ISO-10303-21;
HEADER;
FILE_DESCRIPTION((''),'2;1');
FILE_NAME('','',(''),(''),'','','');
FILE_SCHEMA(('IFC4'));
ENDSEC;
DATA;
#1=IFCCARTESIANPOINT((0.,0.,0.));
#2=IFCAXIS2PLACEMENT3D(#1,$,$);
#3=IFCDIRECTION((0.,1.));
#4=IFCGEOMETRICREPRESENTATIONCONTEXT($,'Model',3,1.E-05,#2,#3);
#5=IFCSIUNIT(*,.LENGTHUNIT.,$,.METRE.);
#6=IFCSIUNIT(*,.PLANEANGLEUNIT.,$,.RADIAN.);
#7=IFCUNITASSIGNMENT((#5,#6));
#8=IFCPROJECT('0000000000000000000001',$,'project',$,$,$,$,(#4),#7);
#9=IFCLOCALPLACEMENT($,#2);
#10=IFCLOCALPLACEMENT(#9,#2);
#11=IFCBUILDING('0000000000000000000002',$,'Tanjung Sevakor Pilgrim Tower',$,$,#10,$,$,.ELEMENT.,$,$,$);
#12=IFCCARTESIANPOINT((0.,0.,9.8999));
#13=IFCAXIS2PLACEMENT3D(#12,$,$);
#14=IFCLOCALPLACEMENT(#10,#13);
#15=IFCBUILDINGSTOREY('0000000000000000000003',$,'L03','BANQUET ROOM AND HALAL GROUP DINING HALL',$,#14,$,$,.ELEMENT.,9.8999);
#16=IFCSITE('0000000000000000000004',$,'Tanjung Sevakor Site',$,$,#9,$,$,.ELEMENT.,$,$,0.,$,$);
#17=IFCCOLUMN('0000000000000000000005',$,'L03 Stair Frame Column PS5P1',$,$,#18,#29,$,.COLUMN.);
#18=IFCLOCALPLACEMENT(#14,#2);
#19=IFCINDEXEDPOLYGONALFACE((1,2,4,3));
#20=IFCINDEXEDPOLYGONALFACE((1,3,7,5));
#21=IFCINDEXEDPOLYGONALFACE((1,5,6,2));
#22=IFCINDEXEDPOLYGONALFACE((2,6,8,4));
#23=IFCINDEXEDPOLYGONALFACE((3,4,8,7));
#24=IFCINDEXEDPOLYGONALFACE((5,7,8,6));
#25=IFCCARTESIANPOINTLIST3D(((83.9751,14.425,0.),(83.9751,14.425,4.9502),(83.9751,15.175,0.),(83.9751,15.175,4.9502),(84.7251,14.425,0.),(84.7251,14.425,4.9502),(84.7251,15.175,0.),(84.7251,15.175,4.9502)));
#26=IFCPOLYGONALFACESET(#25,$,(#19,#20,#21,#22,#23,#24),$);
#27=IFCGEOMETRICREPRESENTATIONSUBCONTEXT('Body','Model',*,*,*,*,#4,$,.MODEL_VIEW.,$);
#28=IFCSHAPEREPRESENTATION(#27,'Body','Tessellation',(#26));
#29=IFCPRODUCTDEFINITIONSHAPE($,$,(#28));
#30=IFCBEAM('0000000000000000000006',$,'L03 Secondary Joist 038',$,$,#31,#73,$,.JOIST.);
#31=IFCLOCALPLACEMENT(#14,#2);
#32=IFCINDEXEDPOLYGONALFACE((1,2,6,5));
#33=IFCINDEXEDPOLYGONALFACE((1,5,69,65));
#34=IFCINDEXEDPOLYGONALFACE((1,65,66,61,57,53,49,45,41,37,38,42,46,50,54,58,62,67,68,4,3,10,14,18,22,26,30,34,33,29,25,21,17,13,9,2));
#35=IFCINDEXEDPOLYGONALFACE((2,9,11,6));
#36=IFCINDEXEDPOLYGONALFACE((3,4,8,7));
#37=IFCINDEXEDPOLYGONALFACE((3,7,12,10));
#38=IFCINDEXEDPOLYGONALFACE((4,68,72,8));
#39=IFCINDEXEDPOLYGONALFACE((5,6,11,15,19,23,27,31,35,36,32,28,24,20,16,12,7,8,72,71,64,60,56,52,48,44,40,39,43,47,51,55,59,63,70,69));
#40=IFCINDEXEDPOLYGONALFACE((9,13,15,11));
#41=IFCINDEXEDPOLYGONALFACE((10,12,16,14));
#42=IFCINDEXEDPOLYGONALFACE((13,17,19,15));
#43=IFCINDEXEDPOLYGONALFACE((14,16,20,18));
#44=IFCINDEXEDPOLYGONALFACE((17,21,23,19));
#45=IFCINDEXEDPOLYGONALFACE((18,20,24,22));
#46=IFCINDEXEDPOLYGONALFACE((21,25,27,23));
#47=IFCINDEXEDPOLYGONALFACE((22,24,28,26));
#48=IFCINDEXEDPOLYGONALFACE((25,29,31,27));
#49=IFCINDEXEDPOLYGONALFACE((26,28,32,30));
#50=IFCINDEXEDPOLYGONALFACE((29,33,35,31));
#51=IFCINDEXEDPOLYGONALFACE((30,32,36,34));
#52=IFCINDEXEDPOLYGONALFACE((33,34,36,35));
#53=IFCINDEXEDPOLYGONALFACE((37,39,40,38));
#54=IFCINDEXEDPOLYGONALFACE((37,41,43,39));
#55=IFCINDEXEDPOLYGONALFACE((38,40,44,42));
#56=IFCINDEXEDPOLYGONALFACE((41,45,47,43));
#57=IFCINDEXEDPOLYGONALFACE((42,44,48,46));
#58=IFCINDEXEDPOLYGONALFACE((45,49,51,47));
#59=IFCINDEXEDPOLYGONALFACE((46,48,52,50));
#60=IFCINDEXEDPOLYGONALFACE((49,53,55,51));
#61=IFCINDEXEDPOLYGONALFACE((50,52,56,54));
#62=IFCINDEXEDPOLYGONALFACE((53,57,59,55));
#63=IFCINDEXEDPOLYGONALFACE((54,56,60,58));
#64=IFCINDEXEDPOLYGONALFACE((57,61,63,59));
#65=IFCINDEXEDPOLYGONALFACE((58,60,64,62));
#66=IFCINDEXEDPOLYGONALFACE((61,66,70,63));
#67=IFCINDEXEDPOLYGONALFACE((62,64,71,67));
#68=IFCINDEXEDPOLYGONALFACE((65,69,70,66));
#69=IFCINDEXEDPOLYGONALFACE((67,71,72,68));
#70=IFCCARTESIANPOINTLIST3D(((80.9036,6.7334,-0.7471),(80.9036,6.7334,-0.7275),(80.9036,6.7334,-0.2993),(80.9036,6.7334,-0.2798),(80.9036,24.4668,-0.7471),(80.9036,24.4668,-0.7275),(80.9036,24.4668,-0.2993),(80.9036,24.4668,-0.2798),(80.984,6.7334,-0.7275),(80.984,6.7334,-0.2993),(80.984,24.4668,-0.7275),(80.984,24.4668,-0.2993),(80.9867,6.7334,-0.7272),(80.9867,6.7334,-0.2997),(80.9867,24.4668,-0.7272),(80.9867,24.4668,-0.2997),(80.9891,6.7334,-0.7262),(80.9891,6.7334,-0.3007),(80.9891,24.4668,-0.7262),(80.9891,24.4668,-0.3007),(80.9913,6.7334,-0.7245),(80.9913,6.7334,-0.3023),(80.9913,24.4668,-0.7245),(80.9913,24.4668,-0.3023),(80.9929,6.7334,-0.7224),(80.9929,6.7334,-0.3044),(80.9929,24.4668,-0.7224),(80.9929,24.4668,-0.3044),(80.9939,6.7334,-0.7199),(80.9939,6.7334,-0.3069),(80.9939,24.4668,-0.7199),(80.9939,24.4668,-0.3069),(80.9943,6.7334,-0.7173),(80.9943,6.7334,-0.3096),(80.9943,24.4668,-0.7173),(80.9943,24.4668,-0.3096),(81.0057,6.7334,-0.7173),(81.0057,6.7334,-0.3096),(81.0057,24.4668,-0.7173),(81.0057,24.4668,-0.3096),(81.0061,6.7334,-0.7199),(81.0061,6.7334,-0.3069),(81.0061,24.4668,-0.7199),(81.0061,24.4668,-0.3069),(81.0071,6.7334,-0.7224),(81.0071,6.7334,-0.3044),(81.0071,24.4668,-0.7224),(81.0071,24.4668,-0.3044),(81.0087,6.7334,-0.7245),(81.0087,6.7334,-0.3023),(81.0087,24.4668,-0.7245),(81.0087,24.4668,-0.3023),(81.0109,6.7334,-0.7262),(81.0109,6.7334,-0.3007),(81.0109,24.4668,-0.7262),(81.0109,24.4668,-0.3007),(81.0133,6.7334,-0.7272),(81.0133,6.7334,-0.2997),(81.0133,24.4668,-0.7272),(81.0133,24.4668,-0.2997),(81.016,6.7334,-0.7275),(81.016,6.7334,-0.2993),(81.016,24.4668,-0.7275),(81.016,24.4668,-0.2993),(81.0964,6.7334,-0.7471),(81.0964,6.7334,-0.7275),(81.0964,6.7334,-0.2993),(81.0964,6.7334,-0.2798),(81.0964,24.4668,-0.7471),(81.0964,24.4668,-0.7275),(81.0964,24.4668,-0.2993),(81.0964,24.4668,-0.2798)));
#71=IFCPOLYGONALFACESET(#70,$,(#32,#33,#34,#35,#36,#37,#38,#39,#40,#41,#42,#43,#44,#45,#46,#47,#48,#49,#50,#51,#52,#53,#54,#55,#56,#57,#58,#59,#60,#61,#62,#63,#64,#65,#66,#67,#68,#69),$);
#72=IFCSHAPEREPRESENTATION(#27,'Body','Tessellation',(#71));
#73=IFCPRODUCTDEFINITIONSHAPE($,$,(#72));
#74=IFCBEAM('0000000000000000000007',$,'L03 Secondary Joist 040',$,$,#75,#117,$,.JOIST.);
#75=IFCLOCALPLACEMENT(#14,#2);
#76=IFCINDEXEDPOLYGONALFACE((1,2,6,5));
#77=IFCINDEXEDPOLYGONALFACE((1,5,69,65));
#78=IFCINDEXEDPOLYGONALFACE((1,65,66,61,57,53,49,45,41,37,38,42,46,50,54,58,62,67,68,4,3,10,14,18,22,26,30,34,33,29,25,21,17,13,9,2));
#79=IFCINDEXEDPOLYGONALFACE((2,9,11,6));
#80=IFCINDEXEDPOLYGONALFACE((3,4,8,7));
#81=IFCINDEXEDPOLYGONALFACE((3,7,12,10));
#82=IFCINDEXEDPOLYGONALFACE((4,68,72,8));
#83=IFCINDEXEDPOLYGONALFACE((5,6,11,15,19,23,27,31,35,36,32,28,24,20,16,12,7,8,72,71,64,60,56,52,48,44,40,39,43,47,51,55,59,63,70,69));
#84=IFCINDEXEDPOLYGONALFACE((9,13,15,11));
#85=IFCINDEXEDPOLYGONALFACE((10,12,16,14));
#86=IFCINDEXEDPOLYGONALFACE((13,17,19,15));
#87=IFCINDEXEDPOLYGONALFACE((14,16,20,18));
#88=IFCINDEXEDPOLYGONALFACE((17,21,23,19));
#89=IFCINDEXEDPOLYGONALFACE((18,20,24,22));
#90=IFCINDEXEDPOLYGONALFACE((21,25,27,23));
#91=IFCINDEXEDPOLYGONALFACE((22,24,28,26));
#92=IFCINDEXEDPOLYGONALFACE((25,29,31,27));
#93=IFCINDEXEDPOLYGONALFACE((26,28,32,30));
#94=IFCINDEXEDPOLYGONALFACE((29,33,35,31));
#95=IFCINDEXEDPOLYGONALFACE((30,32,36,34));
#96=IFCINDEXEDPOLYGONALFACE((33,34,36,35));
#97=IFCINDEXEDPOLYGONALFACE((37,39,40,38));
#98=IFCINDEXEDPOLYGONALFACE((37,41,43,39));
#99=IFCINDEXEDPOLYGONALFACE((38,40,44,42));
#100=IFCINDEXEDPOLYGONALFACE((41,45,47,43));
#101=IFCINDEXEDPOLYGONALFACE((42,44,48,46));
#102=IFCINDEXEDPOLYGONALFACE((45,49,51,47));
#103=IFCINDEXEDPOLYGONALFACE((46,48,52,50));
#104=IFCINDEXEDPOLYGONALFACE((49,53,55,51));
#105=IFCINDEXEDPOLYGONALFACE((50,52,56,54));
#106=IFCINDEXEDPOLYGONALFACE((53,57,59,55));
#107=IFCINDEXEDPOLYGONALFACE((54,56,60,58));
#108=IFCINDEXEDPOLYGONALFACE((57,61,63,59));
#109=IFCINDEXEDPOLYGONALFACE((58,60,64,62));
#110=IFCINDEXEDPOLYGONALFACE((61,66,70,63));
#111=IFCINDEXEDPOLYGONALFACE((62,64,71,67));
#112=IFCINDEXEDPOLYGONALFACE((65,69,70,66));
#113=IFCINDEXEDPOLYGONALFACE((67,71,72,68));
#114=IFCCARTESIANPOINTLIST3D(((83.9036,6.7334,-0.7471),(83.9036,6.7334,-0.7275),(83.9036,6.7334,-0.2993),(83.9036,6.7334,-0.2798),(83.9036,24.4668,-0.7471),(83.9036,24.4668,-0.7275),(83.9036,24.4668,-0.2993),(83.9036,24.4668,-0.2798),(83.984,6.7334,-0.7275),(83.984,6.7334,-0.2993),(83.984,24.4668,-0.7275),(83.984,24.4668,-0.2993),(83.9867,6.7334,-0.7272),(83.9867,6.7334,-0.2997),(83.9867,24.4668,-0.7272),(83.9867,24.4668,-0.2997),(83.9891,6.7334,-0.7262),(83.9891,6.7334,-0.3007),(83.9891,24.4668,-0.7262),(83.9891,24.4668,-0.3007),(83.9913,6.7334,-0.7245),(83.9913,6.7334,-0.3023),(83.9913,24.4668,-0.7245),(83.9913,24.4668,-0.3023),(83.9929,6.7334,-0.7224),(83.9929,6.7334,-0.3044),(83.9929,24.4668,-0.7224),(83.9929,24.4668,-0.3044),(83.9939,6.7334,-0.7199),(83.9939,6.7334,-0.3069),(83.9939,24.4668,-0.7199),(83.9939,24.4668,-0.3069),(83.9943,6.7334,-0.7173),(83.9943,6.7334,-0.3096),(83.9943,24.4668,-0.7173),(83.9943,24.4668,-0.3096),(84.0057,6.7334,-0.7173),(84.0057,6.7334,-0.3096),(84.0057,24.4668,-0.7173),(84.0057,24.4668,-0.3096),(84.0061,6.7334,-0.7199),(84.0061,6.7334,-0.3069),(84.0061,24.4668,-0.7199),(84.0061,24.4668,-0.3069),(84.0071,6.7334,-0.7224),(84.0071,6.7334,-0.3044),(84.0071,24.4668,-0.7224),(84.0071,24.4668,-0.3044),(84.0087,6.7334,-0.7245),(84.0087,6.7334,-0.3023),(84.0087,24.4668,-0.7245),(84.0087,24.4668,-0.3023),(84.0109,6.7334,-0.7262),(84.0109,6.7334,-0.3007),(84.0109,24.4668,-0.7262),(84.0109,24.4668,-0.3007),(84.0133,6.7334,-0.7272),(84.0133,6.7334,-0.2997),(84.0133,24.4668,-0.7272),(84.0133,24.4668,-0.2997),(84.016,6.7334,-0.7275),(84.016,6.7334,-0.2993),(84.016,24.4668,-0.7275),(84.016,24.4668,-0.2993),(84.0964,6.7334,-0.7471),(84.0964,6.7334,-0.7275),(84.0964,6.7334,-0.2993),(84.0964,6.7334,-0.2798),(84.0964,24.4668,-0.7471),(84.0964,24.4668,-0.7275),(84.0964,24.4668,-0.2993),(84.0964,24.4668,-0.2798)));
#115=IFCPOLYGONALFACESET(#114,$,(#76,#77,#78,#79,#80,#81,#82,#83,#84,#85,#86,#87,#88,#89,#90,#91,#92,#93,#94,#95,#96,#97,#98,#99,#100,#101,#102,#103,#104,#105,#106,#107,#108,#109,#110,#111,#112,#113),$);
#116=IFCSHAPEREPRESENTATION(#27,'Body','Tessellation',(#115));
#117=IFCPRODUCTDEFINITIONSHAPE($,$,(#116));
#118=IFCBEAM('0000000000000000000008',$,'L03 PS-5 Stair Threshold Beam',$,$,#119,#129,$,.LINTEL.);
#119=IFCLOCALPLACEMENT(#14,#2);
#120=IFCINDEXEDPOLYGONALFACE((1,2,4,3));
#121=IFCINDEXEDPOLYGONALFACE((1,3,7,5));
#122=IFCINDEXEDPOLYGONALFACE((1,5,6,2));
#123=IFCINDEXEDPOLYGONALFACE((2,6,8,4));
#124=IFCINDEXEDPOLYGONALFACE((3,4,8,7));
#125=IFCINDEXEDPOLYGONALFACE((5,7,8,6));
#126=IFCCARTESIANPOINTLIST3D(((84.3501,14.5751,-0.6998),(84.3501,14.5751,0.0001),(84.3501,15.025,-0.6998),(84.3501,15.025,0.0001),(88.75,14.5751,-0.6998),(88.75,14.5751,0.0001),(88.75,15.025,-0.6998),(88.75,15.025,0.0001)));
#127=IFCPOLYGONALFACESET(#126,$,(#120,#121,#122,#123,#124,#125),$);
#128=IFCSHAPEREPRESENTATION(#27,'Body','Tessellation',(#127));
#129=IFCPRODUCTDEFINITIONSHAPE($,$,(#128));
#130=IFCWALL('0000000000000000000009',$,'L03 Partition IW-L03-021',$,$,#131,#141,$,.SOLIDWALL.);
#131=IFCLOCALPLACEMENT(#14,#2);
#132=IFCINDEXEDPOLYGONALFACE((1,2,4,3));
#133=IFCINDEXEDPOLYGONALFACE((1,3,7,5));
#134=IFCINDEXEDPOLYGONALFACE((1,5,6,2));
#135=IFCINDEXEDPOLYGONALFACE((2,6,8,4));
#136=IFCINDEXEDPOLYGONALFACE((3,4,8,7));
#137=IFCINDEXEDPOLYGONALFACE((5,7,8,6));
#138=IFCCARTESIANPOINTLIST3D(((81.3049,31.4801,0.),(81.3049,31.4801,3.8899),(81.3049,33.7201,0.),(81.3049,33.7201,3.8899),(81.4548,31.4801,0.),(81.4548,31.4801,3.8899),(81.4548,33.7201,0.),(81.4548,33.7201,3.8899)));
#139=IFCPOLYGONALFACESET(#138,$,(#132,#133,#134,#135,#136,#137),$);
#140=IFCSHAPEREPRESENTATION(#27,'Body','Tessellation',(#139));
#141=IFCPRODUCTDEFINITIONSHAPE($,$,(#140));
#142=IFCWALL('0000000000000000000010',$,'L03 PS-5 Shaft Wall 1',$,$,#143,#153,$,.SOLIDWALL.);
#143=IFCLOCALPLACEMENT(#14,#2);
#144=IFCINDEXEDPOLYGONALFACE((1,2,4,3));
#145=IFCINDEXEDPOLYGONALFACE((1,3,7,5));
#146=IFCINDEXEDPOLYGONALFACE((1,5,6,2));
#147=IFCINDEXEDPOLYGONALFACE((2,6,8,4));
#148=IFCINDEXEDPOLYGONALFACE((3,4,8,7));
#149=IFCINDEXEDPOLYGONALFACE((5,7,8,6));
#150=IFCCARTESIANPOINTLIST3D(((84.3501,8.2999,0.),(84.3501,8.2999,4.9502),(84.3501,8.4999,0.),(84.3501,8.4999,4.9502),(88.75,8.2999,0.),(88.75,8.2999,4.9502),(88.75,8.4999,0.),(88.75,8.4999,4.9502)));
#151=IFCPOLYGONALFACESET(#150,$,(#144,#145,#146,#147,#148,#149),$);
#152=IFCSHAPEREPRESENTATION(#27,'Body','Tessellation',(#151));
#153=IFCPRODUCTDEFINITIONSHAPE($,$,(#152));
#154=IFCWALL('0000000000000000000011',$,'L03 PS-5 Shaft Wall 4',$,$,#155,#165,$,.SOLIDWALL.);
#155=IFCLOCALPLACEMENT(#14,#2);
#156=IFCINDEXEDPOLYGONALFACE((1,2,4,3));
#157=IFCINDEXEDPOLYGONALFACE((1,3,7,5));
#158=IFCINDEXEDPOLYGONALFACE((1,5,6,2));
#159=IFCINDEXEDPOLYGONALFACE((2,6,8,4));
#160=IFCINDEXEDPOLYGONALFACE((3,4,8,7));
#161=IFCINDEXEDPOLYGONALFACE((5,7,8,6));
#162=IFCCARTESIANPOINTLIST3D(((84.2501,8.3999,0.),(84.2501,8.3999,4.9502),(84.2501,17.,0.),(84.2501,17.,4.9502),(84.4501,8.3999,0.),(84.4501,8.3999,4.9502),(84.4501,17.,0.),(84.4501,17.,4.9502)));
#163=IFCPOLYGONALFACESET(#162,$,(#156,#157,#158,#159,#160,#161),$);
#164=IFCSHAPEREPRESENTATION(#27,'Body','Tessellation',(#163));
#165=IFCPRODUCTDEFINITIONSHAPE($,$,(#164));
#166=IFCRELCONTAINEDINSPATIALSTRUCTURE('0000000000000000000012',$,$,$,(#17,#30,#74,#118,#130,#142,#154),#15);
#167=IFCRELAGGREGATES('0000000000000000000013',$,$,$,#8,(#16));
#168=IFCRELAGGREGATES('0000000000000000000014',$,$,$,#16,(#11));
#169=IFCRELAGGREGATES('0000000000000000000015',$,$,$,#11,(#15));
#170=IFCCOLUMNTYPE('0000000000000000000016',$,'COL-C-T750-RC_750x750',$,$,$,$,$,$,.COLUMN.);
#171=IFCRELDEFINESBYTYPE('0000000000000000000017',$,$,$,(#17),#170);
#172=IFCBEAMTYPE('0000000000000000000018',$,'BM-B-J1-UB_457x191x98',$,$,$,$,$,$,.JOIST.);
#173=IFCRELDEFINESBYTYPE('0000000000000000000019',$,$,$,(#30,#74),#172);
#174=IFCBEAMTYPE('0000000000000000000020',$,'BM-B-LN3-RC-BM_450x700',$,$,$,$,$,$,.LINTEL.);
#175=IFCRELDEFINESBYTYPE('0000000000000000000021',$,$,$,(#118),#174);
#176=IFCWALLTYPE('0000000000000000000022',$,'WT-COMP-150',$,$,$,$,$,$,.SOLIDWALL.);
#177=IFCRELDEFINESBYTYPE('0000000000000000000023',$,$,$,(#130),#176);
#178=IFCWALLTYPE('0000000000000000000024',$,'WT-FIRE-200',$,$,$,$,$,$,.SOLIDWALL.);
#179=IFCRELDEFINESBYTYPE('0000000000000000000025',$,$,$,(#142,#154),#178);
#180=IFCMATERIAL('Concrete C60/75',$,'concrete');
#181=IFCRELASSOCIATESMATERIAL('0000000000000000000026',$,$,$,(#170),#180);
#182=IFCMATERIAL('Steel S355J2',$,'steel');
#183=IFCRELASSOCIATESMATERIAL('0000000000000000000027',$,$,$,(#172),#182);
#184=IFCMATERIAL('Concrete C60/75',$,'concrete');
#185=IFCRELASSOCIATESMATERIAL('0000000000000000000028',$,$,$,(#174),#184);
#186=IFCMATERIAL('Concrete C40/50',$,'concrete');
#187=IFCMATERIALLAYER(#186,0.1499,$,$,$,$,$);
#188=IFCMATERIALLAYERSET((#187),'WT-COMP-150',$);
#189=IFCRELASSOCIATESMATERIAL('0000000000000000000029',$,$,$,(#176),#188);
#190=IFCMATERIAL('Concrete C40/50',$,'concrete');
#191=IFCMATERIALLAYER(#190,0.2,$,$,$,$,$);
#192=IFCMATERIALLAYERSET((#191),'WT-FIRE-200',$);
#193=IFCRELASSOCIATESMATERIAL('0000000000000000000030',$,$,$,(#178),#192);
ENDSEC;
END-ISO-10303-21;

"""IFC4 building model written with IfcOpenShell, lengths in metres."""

from ifc_helpers import new_model, si_unit, direction, frame, frame_2d, origin, origin_2d, place, context, subcontext, project, spatial, rectangle, i_section, extrude, material, layer, layer_set, material_profile, profile_set, type_object, element, save


model = new_model("IFC4")

# Units and contexts
model_context = context("Model", 3, precision=1e-05, world=origin(), true_north=direction((0.0, 1.0)))
body_context = subcontext(model_context, "Body", "Model", "MODEL_VIEW")
ifc_project = project(units=[si_unit("LENGTHUNIT", "METRE"), si_unit("PLANEANGLEUNIT", "RADIAN")], contexts=[model_context])

# Site, building, storey
site_placement = place(None, origin())
site = spatial("IfcSite", under=ifc_project, at=site_placement, Name="Tanjung Sevakor Site", CompositionType="ELEMENT", RefElevation=0.0)
building_placement = place(site_placement, origin())
building = spatial("IfcBuilding", under=site, at=building_placement, Name="Tanjung Sevakor Pilgrim Tower", CompositionType="ELEMENT")
storey_placement = place(building_placement, frame((0.0, 0.0, 9.8999)))
storey = spatial("IfcBuildingStorey", under=building, at=storey_placement, Name="L03", Description="BANQUET ROOM AND HALAL GROUP DINING HALL", CompositionType="ELEMENT", Elevation=9.8999)

# Column
ifc_material_1 = material(Name="Concrete C60/75", Category="concrete")
ifc_material_profile_1 = material_profile(ifc_material_1, rectangle(XDim=0.75, YDim=0.75, at=origin_2d()))
ifc_profile_set_1 = profile_set([ifc_material_profile_1], Name="Concrete C60/75")
column_type = type_object("IfcColumnType", Name="COL-C-T750-RC_750x750", PredefinedType="COLUMN", material=ifc_profile_set_1)
column_placement = place(storey_placement, frame((84.3501, 14.8, 0.0), z_axis=(0.0, 0.0, 1.0), x_axis=(1.0, 0.0, 0.0)))
element("IfcColumn", 1, at=column_placement, inside=storey, type_object=column_type, Name="L03 Stair Frame Column PS5P1", PredefinedType="COLUMN", context=body_context, shape_type="SweptSolid", body=[
    extrude(rectangle(XDim=0.75, YDim=0.75, at=origin_2d()), origin(), (0.0, 0.0, 1.0), 4.9502),
])

# Beams
ifc_material_2 = material(Name="Steel S355J2", Category="steel")
ifc_material_profile_2 = material_profile(ifc_material_2, i_section(OverallWidth=0.1929, OverallDepth=0.4673, WebThickness=0.0115, FlangeThickness=0.0195, FilletRadius=0.0103, at=origin_2d()))
ifc_profile_set_2 = profile_set([ifc_material_profile_2], Name="Steel S355J2")
beam_type_1 = type_object("IfcBeamType", Name="BM-B-J1-UB_457x191x98", PredefinedType="JOIST", material=ifc_profile_set_2)
for number, where, z_axis, x_axis, name in (
    (2, (81.0, 6.7334, -0.5134), (0.0, 1.0, 0.0), (-1.0, 0.0, 0.0), "L03 Secondary Joist 038"),
    (3, (84.0, 6.7334, -0.5134), (0.0, 1.0, 0.0), (-1.0, 0.0, 0.0), "L03 Secondary Joist 040"),
):
    element("IfcBeam", number, at=place(storey_placement, frame(where, z_axis=z_axis, x_axis=x_axis)), inside=storey, type_object=beam_type_1, Name=name, PredefinedType="JOIST", context=body_context, shape_type="SweptSolid", body=[
        extrude(i_section(OverallWidth=0.1929, OverallDepth=0.4673, WebThickness=0.0115, FlangeThickness=0.0195, FilletRadius=0.0103, at=origin_2d()), origin(), (0.0, 0.0, 1.0), 17.7334),
    ])
ifc_material_3 = material(Name="Concrete C60/75", Category="concrete")
ifc_material_profile_3 = material_profile(ifc_material_3, rectangle(XDim=0.45, YDim=0.7, at=origin_2d()))
ifc_profile_set_3 = profile_set([ifc_material_profile_3], Name="Concrete C60/75")
beam_type_2 = type_object("IfcBeamType", Name="BM-B-LN3-RC-BM_450x700", PredefinedType="LINTEL", material=ifc_profile_set_3)
beam_placement = place(storey_placement, frame((84.3501, 14.8, -0.3499), z_axis=(1.0, 0.0, 0.0), x_axis=(0.0, 1.0, 0.0)))
element("IfcBeam", 4, at=beam_placement, inside=storey, type_object=beam_type_2, Name="L03 PS-5 Stair Threshold Beam", PredefinedType="LINTEL", context=body_context, shape_type="SweptSolid", body=[
    extrude(rectangle(XDim=0.45, YDim=0.7, at=origin_2d()), origin(), (0.0, 0.0, 1.0), 4.3999),
])

# Wall
ifc_material_4 = material(Name="Concrete C40/50", Category="concrete")
ifc_layer_1 = layer(ifc_material_4, 0.1499)
ifc_layer_set_1 = layer_set([ifc_layer_1], Name="WT-COMP-150")
wall_type_1 = type_object("IfcWallType", Name="WT-COMP-150", PredefinedType="SOLIDWALL", material=ifc_layer_set_1)
wall_1_placement = place(storey_placement, frame((81.3799, 31.48, 0.0), z_axis=(0.0, 0.0, 1.0), x_axis=(0.0, 1.0, 0.0)))
element("IfcWall", 5, at=wall_1_placement, inside=storey, type_object=wall_type_1, Name="L03 Partition IW-L03-021", PredefinedType="SOLIDWALL", context=body_context, shape_type="SweptSolid", body=[
    extrude(rectangle(XDim=2.24, YDim=0.1499, at=frame_2d((1.1201, 0.0))), origin(), (0.0, 0.0, 1.0), 3.8899),
])

# Walls
ifc_material_5 = material(Name="Concrete C40/50", Category="concrete")
ifc_layer_2 = layer(ifc_material_5, 0.2)
ifc_layer_set_2 = layer_set([ifc_layer_2], Name="WT-FIRE-200")
wall_type_2 = type_object("IfcWallType", Name="WT-FIRE-200", PredefinedType="SOLIDWALL", material=ifc_layer_set_2)
wall_2_placement = place(storey_placement, frame((84.3501, 8.3999, 0.0), z_axis=(0.0, 0.0, 1.0), x_axis=(1.0, 0.0, 0.0)))
element("IfcWall", 6, at=wall_2_placement, inside=storey, type_object=wall_type_2, Name="L03 PS-5 Shaft Wall 1", PredefinedType="SOLIDWALL", context=body_context, shape_type="SweptSolid", body=[
    extrude(rectangle(XDim=4.3999, YDim=0.2, at=frame_2d((2.2, 0.0))), origin(), (0.0, 0.0, 1.0), 4.9502),
])
wall_3_placement = place(storey_placement, frame((84.3501, 17.0, 0.0), z_axis=(0.0, 0.0, 1.0), x_axis=(0.0, -1.0, 0.0)))
element("IfcWall", 7, at=wall_3_placement, inside=storey, type_object=wall_type_2, Name="L03 PS-5 Shaft Wall 4", PredefinedType="SOLIDWALL", context=body_context, shape_type="SweptSolid", body=[
    extrude(rectangle(XDim=8.6001, YDim=0.2, at=frame_2d((4.3, 0.0))), origin(), (0.0, 0.0, 1.0), 4.9502),
])

save(model, "model.ifc")
